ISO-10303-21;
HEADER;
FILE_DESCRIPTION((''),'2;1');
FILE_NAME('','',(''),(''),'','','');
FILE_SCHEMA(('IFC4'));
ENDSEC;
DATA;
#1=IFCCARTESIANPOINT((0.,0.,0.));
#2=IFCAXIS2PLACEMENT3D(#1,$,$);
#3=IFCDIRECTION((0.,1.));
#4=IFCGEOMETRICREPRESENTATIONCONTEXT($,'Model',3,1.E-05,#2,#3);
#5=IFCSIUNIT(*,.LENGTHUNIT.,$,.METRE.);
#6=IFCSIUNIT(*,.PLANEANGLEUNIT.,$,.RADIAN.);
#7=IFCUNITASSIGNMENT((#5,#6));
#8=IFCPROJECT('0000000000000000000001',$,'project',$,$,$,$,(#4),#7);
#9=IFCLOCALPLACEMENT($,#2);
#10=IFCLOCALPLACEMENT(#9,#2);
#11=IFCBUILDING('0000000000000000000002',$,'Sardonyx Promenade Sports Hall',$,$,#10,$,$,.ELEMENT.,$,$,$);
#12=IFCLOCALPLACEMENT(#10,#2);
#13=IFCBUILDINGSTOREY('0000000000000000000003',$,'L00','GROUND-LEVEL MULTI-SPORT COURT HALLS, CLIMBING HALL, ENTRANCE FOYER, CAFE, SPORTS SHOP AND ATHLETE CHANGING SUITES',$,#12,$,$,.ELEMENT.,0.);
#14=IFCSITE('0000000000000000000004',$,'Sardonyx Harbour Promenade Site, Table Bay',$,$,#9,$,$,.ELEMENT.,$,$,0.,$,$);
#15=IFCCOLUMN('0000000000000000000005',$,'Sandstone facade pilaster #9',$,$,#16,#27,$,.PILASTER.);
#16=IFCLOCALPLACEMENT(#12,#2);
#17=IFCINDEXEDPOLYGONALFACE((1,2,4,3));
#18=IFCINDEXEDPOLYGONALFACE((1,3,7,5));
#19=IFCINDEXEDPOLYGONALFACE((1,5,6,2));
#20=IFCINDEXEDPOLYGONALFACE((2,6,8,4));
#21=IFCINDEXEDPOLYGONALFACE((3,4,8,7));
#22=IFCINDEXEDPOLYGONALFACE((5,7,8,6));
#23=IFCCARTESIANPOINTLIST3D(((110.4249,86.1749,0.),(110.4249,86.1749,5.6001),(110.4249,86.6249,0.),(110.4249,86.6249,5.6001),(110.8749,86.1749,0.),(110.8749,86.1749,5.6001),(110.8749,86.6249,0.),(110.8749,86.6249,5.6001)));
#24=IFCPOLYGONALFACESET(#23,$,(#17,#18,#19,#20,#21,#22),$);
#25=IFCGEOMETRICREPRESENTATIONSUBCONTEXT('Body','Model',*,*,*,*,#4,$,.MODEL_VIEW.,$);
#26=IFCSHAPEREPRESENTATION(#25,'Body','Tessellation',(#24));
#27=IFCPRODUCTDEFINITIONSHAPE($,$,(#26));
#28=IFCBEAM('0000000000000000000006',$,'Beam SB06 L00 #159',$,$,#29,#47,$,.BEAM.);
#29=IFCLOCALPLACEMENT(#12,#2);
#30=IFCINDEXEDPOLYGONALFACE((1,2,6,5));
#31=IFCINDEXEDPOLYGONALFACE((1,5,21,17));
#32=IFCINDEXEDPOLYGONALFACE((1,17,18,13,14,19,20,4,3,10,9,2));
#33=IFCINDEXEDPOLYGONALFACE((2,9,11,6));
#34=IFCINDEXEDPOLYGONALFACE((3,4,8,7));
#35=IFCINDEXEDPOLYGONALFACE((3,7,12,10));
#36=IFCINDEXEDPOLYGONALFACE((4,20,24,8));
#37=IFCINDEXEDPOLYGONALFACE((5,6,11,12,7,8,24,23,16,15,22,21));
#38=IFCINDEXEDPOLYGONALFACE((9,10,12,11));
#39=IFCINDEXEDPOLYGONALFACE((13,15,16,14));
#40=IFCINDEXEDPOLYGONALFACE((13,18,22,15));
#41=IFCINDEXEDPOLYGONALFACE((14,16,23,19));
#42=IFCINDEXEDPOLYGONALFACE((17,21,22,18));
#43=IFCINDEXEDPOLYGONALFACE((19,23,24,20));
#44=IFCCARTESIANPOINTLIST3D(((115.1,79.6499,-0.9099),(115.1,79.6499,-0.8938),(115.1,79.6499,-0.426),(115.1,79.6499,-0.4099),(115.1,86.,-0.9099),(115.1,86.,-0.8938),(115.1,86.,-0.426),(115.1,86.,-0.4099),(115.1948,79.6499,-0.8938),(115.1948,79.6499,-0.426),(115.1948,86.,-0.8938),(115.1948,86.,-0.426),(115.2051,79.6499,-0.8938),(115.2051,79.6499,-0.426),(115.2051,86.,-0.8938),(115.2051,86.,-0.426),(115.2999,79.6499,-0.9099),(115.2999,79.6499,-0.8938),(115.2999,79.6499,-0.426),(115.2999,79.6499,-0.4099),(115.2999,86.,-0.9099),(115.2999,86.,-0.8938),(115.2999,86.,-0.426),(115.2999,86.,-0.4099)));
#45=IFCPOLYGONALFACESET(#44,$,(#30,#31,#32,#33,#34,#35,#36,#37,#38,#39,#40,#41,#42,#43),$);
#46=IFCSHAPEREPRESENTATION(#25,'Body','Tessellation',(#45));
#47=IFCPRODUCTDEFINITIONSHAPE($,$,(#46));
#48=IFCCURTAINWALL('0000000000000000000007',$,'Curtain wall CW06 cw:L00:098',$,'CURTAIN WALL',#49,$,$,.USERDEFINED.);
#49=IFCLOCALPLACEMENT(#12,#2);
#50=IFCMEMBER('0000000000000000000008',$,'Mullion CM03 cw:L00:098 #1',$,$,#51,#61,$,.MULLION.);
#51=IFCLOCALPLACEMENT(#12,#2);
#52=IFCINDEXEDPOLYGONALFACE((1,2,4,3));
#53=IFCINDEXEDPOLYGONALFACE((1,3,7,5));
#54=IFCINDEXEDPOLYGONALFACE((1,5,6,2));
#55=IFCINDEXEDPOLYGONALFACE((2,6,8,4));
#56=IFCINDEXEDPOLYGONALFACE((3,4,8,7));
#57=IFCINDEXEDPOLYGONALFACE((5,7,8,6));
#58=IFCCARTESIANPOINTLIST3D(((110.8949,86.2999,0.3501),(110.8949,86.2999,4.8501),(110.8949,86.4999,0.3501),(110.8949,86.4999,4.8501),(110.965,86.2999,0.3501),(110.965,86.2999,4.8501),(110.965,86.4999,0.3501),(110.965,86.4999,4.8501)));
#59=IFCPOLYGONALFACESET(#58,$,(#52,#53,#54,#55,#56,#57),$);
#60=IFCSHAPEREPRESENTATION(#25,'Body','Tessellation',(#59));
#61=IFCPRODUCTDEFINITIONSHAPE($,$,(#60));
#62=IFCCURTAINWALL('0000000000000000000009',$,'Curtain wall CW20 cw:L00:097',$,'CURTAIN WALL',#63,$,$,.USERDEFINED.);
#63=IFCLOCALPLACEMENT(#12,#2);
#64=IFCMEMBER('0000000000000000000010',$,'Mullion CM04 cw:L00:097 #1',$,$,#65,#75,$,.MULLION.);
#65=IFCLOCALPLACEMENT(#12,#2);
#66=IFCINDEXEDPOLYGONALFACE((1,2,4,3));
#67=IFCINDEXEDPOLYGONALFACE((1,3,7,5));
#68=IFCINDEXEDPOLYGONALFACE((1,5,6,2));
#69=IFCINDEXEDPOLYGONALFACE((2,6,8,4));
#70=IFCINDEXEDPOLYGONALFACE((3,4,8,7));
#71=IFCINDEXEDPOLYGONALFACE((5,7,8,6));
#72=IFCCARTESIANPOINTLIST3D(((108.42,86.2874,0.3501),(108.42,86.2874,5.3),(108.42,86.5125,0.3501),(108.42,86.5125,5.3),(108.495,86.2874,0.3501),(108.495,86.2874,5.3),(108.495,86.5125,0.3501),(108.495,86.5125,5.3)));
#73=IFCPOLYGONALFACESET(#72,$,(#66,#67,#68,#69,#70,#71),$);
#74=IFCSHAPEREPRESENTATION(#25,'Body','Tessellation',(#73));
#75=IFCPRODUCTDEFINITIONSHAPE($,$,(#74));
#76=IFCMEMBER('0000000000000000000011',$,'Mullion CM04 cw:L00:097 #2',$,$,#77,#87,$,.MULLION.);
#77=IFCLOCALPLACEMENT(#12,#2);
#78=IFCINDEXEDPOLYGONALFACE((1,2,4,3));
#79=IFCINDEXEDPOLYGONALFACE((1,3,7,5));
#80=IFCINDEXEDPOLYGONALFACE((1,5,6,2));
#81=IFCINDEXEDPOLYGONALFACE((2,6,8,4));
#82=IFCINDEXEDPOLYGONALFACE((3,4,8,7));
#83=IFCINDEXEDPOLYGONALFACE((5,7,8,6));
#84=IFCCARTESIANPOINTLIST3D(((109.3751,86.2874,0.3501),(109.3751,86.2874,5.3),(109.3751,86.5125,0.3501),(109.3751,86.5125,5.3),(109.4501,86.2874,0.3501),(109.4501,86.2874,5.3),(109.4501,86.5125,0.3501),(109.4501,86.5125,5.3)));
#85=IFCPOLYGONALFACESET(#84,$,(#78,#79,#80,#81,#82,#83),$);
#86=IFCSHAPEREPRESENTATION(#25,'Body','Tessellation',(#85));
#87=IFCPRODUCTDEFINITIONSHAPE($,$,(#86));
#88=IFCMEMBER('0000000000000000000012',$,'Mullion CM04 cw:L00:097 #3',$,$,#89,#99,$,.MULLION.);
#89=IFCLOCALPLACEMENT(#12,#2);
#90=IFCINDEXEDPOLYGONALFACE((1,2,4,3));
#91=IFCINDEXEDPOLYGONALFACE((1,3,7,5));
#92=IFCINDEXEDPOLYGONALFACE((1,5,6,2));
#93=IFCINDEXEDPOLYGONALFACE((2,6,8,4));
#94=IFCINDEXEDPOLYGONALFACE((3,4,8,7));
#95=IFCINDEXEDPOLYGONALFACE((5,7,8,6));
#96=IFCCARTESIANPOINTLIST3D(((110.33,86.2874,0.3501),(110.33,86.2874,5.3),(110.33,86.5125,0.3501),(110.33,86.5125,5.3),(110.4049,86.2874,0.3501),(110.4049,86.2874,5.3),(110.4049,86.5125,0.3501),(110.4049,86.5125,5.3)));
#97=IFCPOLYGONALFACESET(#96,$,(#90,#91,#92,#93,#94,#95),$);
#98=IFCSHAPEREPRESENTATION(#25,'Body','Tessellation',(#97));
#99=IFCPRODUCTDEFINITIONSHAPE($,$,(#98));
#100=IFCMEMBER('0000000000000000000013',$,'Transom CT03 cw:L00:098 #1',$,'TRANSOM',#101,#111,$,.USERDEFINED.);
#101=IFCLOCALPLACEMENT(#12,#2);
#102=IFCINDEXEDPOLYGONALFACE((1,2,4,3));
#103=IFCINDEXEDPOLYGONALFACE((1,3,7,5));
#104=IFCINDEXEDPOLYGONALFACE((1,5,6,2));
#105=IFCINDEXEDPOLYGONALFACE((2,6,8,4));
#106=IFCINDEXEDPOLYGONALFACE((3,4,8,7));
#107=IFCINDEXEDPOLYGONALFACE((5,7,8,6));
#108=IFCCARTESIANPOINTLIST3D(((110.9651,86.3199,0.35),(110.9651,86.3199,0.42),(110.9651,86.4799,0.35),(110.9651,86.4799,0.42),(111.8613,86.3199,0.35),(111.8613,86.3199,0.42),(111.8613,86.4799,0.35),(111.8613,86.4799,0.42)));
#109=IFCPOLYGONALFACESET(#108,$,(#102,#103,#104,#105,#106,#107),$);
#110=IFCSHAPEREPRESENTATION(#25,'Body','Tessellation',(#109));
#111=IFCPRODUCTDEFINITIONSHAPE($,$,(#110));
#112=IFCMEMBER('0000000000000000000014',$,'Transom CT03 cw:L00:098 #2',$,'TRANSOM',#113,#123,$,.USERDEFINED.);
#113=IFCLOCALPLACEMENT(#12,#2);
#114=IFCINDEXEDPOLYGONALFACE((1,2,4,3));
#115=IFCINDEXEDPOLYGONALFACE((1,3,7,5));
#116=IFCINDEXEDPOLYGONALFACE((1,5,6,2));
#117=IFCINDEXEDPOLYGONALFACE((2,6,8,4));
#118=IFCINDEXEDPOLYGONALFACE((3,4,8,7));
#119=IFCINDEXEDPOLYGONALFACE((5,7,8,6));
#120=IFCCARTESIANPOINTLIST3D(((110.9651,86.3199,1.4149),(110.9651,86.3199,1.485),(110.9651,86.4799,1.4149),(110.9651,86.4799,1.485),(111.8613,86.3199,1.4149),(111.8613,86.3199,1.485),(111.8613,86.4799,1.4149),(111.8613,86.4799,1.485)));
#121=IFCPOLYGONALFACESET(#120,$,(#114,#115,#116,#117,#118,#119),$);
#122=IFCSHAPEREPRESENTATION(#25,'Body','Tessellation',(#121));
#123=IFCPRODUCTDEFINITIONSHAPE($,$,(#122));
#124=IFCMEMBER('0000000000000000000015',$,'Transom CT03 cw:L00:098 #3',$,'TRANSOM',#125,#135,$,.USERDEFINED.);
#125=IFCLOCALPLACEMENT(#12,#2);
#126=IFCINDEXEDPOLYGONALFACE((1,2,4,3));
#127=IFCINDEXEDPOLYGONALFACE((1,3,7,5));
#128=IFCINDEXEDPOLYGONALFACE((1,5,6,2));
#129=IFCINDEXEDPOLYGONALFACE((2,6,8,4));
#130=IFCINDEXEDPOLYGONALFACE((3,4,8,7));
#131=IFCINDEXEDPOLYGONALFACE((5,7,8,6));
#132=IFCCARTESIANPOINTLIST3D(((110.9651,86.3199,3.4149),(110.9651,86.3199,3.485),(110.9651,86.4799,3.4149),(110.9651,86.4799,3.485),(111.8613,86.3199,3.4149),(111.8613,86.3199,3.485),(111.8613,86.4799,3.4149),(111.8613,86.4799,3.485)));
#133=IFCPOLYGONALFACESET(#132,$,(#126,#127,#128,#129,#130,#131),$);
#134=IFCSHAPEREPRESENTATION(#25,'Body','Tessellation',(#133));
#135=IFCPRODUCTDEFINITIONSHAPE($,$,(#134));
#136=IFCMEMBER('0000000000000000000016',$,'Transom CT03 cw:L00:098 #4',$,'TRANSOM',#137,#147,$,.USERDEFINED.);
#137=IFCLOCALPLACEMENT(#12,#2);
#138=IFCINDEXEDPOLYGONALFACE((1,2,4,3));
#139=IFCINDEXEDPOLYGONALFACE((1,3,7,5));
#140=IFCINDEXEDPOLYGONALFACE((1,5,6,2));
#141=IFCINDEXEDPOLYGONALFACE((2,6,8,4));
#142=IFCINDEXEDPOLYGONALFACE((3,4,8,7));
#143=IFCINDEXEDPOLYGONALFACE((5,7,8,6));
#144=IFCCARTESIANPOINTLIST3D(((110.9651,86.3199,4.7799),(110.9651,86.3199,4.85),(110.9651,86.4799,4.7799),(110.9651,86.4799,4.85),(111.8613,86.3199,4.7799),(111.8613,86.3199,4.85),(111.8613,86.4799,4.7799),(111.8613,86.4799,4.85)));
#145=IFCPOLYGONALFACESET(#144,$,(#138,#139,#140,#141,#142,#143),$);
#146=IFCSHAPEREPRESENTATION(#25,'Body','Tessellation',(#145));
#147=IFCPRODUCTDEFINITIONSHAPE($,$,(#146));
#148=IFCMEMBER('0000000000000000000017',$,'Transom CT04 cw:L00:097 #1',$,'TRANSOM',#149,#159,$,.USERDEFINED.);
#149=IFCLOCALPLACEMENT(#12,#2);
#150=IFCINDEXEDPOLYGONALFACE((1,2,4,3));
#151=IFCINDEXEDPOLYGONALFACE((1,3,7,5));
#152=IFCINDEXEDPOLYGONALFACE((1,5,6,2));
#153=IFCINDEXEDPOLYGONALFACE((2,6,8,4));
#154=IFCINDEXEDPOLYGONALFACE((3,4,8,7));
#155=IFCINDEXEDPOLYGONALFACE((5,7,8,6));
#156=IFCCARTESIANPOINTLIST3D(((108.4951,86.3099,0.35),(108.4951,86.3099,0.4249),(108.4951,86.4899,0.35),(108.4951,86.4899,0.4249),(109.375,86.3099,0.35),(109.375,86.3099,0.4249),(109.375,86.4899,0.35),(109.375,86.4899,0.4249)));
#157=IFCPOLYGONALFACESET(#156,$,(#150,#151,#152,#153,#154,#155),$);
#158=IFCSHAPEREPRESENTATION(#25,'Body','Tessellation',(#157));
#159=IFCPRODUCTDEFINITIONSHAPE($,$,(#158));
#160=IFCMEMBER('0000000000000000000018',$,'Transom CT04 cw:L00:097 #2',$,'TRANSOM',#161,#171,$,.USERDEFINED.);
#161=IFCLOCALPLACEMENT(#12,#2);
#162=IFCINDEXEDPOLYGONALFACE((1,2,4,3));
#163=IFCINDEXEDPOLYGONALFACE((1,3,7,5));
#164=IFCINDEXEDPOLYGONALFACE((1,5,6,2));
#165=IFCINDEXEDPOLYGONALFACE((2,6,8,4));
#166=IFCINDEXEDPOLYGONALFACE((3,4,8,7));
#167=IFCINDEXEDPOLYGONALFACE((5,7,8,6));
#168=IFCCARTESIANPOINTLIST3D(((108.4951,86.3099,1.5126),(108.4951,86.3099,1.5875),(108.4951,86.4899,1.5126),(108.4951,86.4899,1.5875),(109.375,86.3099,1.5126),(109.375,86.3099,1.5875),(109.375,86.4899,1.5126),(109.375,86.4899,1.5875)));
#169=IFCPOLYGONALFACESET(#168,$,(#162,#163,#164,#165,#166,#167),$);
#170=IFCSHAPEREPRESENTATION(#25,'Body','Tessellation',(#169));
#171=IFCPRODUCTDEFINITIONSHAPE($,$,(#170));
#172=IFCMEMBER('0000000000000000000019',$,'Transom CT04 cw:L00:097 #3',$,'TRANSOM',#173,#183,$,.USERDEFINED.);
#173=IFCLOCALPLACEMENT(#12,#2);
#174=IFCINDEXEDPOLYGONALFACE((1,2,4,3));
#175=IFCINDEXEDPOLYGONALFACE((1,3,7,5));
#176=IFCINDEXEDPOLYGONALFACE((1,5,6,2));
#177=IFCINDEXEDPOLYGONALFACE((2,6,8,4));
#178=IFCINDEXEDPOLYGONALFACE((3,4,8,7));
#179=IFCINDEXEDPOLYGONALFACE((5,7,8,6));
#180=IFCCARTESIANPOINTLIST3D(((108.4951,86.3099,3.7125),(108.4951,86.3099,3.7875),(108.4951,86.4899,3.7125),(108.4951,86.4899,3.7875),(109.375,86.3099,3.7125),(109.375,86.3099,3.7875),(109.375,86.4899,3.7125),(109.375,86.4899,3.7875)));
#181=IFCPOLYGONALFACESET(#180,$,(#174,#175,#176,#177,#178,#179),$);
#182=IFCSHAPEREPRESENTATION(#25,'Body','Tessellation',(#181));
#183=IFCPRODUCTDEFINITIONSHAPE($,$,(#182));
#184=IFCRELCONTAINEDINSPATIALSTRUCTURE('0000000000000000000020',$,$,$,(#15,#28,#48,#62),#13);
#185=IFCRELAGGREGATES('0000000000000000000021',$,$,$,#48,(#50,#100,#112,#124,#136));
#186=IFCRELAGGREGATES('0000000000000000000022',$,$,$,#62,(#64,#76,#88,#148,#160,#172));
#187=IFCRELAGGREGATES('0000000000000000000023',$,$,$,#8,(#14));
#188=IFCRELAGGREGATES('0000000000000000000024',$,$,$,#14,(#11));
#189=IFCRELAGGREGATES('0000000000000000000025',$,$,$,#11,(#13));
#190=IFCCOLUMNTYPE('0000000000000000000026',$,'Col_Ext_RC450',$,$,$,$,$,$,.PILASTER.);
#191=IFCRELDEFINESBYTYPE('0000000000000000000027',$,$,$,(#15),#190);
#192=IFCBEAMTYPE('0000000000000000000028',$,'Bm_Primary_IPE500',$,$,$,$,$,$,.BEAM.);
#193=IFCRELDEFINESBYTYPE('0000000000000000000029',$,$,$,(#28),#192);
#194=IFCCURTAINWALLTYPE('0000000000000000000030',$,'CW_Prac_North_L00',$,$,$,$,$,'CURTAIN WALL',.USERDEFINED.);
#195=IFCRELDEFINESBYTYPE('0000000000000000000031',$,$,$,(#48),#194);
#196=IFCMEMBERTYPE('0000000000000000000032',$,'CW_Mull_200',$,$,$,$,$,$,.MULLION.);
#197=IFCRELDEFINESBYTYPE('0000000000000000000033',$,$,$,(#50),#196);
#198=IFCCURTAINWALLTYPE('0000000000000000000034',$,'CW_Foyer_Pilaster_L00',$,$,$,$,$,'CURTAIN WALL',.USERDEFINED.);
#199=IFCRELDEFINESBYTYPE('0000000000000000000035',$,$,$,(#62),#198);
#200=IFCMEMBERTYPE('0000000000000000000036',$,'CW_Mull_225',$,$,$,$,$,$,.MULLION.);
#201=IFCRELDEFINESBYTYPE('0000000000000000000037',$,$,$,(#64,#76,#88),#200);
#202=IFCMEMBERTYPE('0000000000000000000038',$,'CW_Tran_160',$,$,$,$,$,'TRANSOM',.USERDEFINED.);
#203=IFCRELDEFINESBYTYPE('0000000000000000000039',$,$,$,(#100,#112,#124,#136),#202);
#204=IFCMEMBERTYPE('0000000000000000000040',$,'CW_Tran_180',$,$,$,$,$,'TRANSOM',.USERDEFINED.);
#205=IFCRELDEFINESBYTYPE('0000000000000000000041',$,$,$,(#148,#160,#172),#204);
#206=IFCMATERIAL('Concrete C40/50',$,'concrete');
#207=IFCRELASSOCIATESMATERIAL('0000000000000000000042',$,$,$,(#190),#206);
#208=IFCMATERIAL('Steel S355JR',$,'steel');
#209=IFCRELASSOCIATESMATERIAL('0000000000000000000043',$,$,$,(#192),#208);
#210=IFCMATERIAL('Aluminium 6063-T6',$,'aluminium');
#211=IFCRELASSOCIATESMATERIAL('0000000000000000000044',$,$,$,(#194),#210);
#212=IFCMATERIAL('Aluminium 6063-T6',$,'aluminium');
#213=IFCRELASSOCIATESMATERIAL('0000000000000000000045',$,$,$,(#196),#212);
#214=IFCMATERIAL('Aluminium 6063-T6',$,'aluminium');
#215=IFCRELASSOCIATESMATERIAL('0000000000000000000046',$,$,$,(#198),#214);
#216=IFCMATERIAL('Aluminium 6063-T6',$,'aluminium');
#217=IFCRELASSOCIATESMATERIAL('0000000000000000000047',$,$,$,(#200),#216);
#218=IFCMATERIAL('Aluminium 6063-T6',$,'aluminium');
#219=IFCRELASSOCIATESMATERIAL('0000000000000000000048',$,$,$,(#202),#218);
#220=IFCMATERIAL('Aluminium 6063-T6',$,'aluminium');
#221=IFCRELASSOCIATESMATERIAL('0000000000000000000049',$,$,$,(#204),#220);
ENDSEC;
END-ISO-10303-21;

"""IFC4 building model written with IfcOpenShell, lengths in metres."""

from ifc_helpers import new_model, si_unit, direction, frame, origin, origin_2d, place, context, subcontext, project, spatial, rectangle, i_section, extrude, material, material_profile, profile_set, type_object, element, aggregate, save


model = new_model("IFC4")

# Units and contexts
model_context = context("Model", 3, precision=1e-05, world=origin(), true_north=direction((0.0, 1.0)))
body_context = subcontext(model_context, "Body", "Model", "MODEL_VIEW")
ifc_project = project(units=[si_unit("LENGTHUNIT", "METRE"), si_unit("PLANEANGLEUNIT", "RADIAN")], contexts=[model_context])

# Site, building, storey
site_placement = place(None, origin())
site = spatial("IfcSite", under=ifc_project, at=site_placement, Name="Sardonyx Harbour Promenade Site, Table Bay", CompositionType="ELEMENT", RefElevation=0.0)
building_placement = place(site_placement, origin())
building = spatial("IfcBuilding", under=site, at=building_placement, Name="Sardonyx Promenade Sports Hall", CompositionType="ELEMENT")
storey_placement = place(building_placement, origin())
storey = spatial("IfcBuildingStorey", under=building, at=storey_placement, Name="L00", Description="GROUND-LEVEL MULTI-SPORT COURT HALLS, CLIMBING HALL, ENTRANCE FOYER, CAFE, SPORTS SHOP AND ATHLETE CHANGING SUITES", CompositionType="ELEMENT", Elevation=0.0)

# Column
ifc_material_1 = material(Name="Concrete C40/50", Category="concrete")
ifc_material_profile_1 = material_profile(ifc_material_1, rectangle(XDim=0.45, YDim=0.45, at=origin_2d()))
ifc_profile_set_1 = profile_set([ifc_material_profile_1], Name="Concrete C40/50")
column_type = type_object("IfcColumnType", Name="Col_Ext_RC450", PredefinedType="PILASTER", material=ifc_profile_set_1)
column_placement = place(storey_placement, frame((110.6499, 86.3999, 0.0), z_axis=(0.0, 0.0, 1.0), x_axis=(1.0, 0.0, 0.0)))
element("IfcColumn", 1, at=column_placement, inside=storey, type_object=column_type, Name="Sandstone facade pilaster #9", PredefinedType="PILASTER", context=body_context, shape_type="SweptSolid", body=[
    extrude(rectangle(XDim=0.45, YDim=0.45, at=origin_2d()), origin(), (0.0, 0.0, 1.0), 5.6001),
])

# Beam
ifc_material_2 = material(Name="Steel S355JR", Category="steel")
ifc_material_profile_2 = material_profile(ifc_material_2, i_section(OverallWidth=0.2, OverallDepth=0.5, WebThickness=0.0103, FlangeThickness=0.0161, at=origin_2d()))
ifc_profile_set_2 = profile_set([ifc_material_profile_2], Name="Steel S355JR")
beam_type = type_object("IfcBeamType", Name="Bm_Primary_IPE500", PredefinedType="BEAM", material=ifc_profile_set_2)
beam_placement = place(storey_placement, frame((115.2, 79.6499, -0.6599), z_axis=(0.0, 1.0, 0.0), x_axis=(-1.0, 0.0, 0.0)))
element("IfcBeam", 2, at=beam_placement, inside=storey, type_object=beam_type, Name="Beam SB06 L00 #159", PredefinedType="BEAM", context=body_context, shape_type="SweptSolid", body=[
    extrude(i_section(OverallWidth=0.2, OverallDepth=0.5, WebThickness=0.0103, FlangeThickness=0.0161, at=origin_2d()), origin(), (0.0, 0.0, 1.0), 6.3501),
])

# Curtain wall, member
ifc_material_3 = material(Name="Aluminium 6063-T6", Category="aluminium")
curtain_wall_type_1 = type_object("IfcCurtainWallType", Name="CW_Prac_North_L00", ElementType="CURTAIN WALL", PredefinedType="USERDEFINED", material=ifc_material_3)
curtain_wall_1_placement = place(storey_placement, origin())
curtain_wall_1 = element("IfcCurtainWall", 3, at=curtain_wall_1_placement, inside=storey, type_object=curtain_wall_type_1, Name="Curtain wall CW06 cw:L00:098", ObjectType="CURTAIN WALL", PredefinedType="USERDEFINED")
ifc_material_4 = material(Name="Aluminium 6063-T6", Category="aluminium")
ifc_material_profile_3 = material_profile(ifc_material_4, rectangle(XDim=0.0701, YDim=0.2, at=origin_2d()))
ifc_profile_set_3 = profile_set([ifc_material_profile_3], Name="Aluminium 6063-T6")
member_type_1 = type_object("IfcMemberType", Name="CW_Mull_200", PredefinedType="MULLION", material=ifc_profile_set_3)
member_1_placement = place(storey_placement, frame((110.9299, 86.3999, 0.3501), z_axis=(0.0, 0.0, 1.0), x_axis=(1.0, 0.0, 0.0)))
member_1 = element("IfcMember", 4, at=member_1_placement, type_object=member_type_1, Name="Mullion CM03 cw:L00:098 #1", PredefinedType="MULLION", context=body_context, shape_type="SweptSolid", body=[
    extrude(rectangle(XDim=0.0701, YDim=0.2, at=origin_2d()), origin(), (0.0, 0.0, 1.0), 4.5),
])

# Curtain wall, members
ifc_material_5 = material(Name="Aluminium 6063-T6", Category="aluminium")
curtain_wall_type_2 = type_object("IfcCurtainWallType", Name="CW_Foyer_Pilaster_L00", ElementType="CURTAIN WALL", PredefinedType="USERDEFINED", material=ifc_material_5)
curtain_wall_2_placement = place(storey_placement, origin())
curtain_wall_2 = element("IfcCurtainWall", 5, at=curtain_wall_2_placement, inside=storey, type_object=curtain_wall_type_2, Name="Curtain wall CW20 cw:L00:097", ObjectType="CURTAIN WALL", PredefinedType="USERDEFINED")
ifc_material_6 = material(Name="Aluminium 6063-T6", Category="aluminium")
ifc_material_profile_4 = material_profile(ifc_material_6, rectangle(XDim=0.075, YDim=0.2251, at=origin_2d()))
ifc_profile_set_4 = profile_set([ifc_material_profile_4], Name="Aluminium 6063-T6")
member_type_2 = type_object("IfcMemberType", Name="CW_Mull_225", PredefinedType="MULLION", material=ifc_profile_set_4)
member_2_placement = place(storey_placement, frame((108.4575, 86.3999, 0.3501), z_axis=(0.0, 0.0, 1.0), x_axis=(1.0, 0.0, 0.0)))
member_2 = element("IfcMember", 6, at=member_2_placement, type_object=member_type_2, Name="Mullion CM04 cw:L00:097 #1", PredefinedType="MULLION", context=body_context, shape_type="SweptSolid", body=[
    extrude(rectangle(XDim=0.075, YDim=0.2251, at=origin_2d()), origin(), (0.0, 0.0, 1.0), 4.95),
])
member_3_placement = place(storey_placement, frame((109.4126, 86.3999, 0.3501), z_axis=(0.0, 0.0, 1.0), x_axis=(1.0, 0.0, 0.0)))
member_3 = element("IfcMember", 7, at=member_3_placement, type_object=member_type_2, Name="Mullion CM04 cw:L00:097 #2", PredefinedType="MULLION", context=body_context, shape_type="SweptSolid", body=[
    extrude(rectangle(XDim=0.075, YDim=0.2251, at=origin_2d()), origin(), (0.0, 0.0, 1.0), 4.95),
])
member_4_placement = place(storey_placement, frame((110.3674, 86.3999, 0.3501), z_axis=(0.0, 0.0, 1.0), x_axis=(1.0, 0.0, 0.0)))
member_4 = element("IfcMember", 8, at=member_4_placement, type_object=member_type_2, Name="Mullion CM04 cw:L00:097 #3", PredefinedType="MULLION", context=body_context, shape_type="SweptSolid", body=[
    extrude(rectangle(XDim=0.075, YDim=0.2251, at=origin_2d()), origin(), (0.0, 0.0, 1.0), 4.95),
])

# Members
ifc_material_7 = material(Name="Aluminium 6063-T6", Category="aluminium")
ifc_material_profile_5 = material_profile(ifc_material_7, rectangle(XDim=0.0701, YDim=0.1599, at=origin_2d()))
ifc_profile_set_5 = profile_set([ifc_material_profile_5], Name="Aluminium 6063-T6")
member_type_3 = type_object("IfcMemberType", Name="CW_Tran_160", ElementType="TRANSOM", PredefinedType="USERDEFINED", material=ifc_profile_set_5)
member_5_placement = place(storey_placement, frame((110.9651, 86.3999, 0.385), z_axis=(1.0, 0.0, 0.0), x_axis=(0.0, 0.0, 1.0)))
member_5 = element("IfcMember", 9, at=member_5_placement, type_object=member_type_3, Name="Transom CT03 cw:L00:098 #1", ObjectType="TRANSOM", PredefinedType="USERDEFINED", context=body_context, shape_type="SweptSolid", body=[
    extrude(rectangle(XDim=0.0701, YDim=0.1599, at=origin_2d()), origin(), (0.0, 0.0, 1.0), 0.8962),
])
member_6_placement = place(storey_placement, frame((110.9651, 86.3999, 1.45), z_axis=(1.0, 0.0, 0.0), x_axis=(0.0, 0.0, 1.0)))
member_6 = element("IfcMember", 10, at=member_6_placement, type_object=member_type_3, Name="Transom CT03 cw:L00:098 #2", ObjectType="TRANSOM", PredefinedType="USERDEFINED", context=body_context, shape_type="SweptSolid", body=[
    extrude(rectangle(XDim=0.0701, YDim=0.1599, at=origin_2d()), origin(), (0.0, 0.0, 1.0), 0.8962),
])
member_7_placement = place(storey_placement, frame((110.9651, 86.3999, 3.45), z_axis=(1.0, 0.0, 0.0), x_axis=(0.0, 0.0, 1.0)))
member_7 = element("IfcMember", 11, at=member_7_placement, type_object=member_type_3, Name="Transom CT03 cw:L00:098 #3", ObjectType="TRANSOM", PredefinedType="USERDEFINED", context=body_context, shape_type="SweptSolid", body=[
    extrude(rectangle(XDim=0.0701, YDim=0.1599, at=origin_2d()), origin(), (0.0, 0.0, 1.0), 0.8962),
])
member_8_placement = place(storey_placement, frame((110.9651, 86.3999, 4.8149), z_axis=(1.0, 0.0, 0.0), x_axis=(0.0, 0.0, 1.0)))
member_8 = element("IfcMember", 12, at=member_8_placement, type_object=member_type_3, Name="Transom CT03 cw:L00:098 #4", ObjectType="TRANSOM", PredefinedType="USERDEFINED", context=body_context, shape_type="SweptSolid", body=[
    extrude(rectangle(XDim=0.0701, YDim=0.1599, at=origin_2d()), origin(), (0.0, 0.0, 1.0), 0.8962),
])
aggregate(curtain_wall_1, [member_1, member_5, member_6, member_7, member_8])
ifc_material_8 = material(Name="Aluminium 6063-T6", Category="aluminium")
ifc_material_profile_6 = material_profile(ifc_material_8, rectangle(XDim=0.075, YDim=0.1799, at=origin_2d()))
ifc_profile_set_6 = profile_set([ifc_material_profile_6], Name="Aluminium 6063-T6")
member_type_4 = type_object("IfcMemberType", Name="CW_Tran_180", ElementType="TRANSOM", PredefinedType="USERDEFINED", material=ifc_profile_set_6)
member_9_placement = place(storey_placement, frame((108.4951, 86.3999, 0.3875), z_axis=(1.0, 0.0, 0.0), x_axis=(0.0, 0.0, 1.0)))
member_9 = element("IfcMember", 13, at=member_9_placement, type_object=member_type_4, Name="Transom CT04 cw:L00:097 #1", ObjectType="TRANSOM", PredefinedType="USERDEFINED", context=body_context, shape_type="SweptSolid", body=[
    extrude(rectangle(XDim=0.075, YDim=0.1799, at=origin_2d()), origin(), (0.0, 0.0, 1.0), 0.8799),
])
member_10_placement = place(storey_placement, frame((108.4951, 86.3999, 1.55), z_axis=(1.0, 0.0, 0.0), x_axis=(0.0, 0.0, 1.0)))
member_10 = element("IfcMember", 14, at=member_10_placement, type_object=member_type_4, Name="Transom CT04 cw:L00:097 #2", ObjectType="TRANSOM", PredefinedType="USERDEFINED", context=body_context, shape_type="SweptSolid", body=[
    extrude(rectangle(XDim=0.075, YDim=0.1799, at=origin_2d()), origin(), (0.0, 0.0, 1.0), 0.8799),
])
member_11_placement = place(storey_placement, frame((108.4951, 86.3999, 3.75), z_axis=(1.0, 0.0, 0.0), x_axis=(0.0, 0.0, 1.0)))
member_11 = element("IfcMember", 15, at=member_11_placement, type_object=member_type_4, Name="Transom CT04 cw:L00:097 #3", ObjectType="TRANSOM", PredefinedType="USERDEFINED", context=body_context, shape_type="SweptSolid", body=[
    extrude(rectangle(XDim=0.075, YDim=0.1799, at=origin_2d()), origin(), (0.0, 0.0, 1.0), 0.8799),
])

aggregate(curtain_wall_2, [member_2, member_3, member_4, member_9, member_10, member_11])

save(model, "model.ifc")
